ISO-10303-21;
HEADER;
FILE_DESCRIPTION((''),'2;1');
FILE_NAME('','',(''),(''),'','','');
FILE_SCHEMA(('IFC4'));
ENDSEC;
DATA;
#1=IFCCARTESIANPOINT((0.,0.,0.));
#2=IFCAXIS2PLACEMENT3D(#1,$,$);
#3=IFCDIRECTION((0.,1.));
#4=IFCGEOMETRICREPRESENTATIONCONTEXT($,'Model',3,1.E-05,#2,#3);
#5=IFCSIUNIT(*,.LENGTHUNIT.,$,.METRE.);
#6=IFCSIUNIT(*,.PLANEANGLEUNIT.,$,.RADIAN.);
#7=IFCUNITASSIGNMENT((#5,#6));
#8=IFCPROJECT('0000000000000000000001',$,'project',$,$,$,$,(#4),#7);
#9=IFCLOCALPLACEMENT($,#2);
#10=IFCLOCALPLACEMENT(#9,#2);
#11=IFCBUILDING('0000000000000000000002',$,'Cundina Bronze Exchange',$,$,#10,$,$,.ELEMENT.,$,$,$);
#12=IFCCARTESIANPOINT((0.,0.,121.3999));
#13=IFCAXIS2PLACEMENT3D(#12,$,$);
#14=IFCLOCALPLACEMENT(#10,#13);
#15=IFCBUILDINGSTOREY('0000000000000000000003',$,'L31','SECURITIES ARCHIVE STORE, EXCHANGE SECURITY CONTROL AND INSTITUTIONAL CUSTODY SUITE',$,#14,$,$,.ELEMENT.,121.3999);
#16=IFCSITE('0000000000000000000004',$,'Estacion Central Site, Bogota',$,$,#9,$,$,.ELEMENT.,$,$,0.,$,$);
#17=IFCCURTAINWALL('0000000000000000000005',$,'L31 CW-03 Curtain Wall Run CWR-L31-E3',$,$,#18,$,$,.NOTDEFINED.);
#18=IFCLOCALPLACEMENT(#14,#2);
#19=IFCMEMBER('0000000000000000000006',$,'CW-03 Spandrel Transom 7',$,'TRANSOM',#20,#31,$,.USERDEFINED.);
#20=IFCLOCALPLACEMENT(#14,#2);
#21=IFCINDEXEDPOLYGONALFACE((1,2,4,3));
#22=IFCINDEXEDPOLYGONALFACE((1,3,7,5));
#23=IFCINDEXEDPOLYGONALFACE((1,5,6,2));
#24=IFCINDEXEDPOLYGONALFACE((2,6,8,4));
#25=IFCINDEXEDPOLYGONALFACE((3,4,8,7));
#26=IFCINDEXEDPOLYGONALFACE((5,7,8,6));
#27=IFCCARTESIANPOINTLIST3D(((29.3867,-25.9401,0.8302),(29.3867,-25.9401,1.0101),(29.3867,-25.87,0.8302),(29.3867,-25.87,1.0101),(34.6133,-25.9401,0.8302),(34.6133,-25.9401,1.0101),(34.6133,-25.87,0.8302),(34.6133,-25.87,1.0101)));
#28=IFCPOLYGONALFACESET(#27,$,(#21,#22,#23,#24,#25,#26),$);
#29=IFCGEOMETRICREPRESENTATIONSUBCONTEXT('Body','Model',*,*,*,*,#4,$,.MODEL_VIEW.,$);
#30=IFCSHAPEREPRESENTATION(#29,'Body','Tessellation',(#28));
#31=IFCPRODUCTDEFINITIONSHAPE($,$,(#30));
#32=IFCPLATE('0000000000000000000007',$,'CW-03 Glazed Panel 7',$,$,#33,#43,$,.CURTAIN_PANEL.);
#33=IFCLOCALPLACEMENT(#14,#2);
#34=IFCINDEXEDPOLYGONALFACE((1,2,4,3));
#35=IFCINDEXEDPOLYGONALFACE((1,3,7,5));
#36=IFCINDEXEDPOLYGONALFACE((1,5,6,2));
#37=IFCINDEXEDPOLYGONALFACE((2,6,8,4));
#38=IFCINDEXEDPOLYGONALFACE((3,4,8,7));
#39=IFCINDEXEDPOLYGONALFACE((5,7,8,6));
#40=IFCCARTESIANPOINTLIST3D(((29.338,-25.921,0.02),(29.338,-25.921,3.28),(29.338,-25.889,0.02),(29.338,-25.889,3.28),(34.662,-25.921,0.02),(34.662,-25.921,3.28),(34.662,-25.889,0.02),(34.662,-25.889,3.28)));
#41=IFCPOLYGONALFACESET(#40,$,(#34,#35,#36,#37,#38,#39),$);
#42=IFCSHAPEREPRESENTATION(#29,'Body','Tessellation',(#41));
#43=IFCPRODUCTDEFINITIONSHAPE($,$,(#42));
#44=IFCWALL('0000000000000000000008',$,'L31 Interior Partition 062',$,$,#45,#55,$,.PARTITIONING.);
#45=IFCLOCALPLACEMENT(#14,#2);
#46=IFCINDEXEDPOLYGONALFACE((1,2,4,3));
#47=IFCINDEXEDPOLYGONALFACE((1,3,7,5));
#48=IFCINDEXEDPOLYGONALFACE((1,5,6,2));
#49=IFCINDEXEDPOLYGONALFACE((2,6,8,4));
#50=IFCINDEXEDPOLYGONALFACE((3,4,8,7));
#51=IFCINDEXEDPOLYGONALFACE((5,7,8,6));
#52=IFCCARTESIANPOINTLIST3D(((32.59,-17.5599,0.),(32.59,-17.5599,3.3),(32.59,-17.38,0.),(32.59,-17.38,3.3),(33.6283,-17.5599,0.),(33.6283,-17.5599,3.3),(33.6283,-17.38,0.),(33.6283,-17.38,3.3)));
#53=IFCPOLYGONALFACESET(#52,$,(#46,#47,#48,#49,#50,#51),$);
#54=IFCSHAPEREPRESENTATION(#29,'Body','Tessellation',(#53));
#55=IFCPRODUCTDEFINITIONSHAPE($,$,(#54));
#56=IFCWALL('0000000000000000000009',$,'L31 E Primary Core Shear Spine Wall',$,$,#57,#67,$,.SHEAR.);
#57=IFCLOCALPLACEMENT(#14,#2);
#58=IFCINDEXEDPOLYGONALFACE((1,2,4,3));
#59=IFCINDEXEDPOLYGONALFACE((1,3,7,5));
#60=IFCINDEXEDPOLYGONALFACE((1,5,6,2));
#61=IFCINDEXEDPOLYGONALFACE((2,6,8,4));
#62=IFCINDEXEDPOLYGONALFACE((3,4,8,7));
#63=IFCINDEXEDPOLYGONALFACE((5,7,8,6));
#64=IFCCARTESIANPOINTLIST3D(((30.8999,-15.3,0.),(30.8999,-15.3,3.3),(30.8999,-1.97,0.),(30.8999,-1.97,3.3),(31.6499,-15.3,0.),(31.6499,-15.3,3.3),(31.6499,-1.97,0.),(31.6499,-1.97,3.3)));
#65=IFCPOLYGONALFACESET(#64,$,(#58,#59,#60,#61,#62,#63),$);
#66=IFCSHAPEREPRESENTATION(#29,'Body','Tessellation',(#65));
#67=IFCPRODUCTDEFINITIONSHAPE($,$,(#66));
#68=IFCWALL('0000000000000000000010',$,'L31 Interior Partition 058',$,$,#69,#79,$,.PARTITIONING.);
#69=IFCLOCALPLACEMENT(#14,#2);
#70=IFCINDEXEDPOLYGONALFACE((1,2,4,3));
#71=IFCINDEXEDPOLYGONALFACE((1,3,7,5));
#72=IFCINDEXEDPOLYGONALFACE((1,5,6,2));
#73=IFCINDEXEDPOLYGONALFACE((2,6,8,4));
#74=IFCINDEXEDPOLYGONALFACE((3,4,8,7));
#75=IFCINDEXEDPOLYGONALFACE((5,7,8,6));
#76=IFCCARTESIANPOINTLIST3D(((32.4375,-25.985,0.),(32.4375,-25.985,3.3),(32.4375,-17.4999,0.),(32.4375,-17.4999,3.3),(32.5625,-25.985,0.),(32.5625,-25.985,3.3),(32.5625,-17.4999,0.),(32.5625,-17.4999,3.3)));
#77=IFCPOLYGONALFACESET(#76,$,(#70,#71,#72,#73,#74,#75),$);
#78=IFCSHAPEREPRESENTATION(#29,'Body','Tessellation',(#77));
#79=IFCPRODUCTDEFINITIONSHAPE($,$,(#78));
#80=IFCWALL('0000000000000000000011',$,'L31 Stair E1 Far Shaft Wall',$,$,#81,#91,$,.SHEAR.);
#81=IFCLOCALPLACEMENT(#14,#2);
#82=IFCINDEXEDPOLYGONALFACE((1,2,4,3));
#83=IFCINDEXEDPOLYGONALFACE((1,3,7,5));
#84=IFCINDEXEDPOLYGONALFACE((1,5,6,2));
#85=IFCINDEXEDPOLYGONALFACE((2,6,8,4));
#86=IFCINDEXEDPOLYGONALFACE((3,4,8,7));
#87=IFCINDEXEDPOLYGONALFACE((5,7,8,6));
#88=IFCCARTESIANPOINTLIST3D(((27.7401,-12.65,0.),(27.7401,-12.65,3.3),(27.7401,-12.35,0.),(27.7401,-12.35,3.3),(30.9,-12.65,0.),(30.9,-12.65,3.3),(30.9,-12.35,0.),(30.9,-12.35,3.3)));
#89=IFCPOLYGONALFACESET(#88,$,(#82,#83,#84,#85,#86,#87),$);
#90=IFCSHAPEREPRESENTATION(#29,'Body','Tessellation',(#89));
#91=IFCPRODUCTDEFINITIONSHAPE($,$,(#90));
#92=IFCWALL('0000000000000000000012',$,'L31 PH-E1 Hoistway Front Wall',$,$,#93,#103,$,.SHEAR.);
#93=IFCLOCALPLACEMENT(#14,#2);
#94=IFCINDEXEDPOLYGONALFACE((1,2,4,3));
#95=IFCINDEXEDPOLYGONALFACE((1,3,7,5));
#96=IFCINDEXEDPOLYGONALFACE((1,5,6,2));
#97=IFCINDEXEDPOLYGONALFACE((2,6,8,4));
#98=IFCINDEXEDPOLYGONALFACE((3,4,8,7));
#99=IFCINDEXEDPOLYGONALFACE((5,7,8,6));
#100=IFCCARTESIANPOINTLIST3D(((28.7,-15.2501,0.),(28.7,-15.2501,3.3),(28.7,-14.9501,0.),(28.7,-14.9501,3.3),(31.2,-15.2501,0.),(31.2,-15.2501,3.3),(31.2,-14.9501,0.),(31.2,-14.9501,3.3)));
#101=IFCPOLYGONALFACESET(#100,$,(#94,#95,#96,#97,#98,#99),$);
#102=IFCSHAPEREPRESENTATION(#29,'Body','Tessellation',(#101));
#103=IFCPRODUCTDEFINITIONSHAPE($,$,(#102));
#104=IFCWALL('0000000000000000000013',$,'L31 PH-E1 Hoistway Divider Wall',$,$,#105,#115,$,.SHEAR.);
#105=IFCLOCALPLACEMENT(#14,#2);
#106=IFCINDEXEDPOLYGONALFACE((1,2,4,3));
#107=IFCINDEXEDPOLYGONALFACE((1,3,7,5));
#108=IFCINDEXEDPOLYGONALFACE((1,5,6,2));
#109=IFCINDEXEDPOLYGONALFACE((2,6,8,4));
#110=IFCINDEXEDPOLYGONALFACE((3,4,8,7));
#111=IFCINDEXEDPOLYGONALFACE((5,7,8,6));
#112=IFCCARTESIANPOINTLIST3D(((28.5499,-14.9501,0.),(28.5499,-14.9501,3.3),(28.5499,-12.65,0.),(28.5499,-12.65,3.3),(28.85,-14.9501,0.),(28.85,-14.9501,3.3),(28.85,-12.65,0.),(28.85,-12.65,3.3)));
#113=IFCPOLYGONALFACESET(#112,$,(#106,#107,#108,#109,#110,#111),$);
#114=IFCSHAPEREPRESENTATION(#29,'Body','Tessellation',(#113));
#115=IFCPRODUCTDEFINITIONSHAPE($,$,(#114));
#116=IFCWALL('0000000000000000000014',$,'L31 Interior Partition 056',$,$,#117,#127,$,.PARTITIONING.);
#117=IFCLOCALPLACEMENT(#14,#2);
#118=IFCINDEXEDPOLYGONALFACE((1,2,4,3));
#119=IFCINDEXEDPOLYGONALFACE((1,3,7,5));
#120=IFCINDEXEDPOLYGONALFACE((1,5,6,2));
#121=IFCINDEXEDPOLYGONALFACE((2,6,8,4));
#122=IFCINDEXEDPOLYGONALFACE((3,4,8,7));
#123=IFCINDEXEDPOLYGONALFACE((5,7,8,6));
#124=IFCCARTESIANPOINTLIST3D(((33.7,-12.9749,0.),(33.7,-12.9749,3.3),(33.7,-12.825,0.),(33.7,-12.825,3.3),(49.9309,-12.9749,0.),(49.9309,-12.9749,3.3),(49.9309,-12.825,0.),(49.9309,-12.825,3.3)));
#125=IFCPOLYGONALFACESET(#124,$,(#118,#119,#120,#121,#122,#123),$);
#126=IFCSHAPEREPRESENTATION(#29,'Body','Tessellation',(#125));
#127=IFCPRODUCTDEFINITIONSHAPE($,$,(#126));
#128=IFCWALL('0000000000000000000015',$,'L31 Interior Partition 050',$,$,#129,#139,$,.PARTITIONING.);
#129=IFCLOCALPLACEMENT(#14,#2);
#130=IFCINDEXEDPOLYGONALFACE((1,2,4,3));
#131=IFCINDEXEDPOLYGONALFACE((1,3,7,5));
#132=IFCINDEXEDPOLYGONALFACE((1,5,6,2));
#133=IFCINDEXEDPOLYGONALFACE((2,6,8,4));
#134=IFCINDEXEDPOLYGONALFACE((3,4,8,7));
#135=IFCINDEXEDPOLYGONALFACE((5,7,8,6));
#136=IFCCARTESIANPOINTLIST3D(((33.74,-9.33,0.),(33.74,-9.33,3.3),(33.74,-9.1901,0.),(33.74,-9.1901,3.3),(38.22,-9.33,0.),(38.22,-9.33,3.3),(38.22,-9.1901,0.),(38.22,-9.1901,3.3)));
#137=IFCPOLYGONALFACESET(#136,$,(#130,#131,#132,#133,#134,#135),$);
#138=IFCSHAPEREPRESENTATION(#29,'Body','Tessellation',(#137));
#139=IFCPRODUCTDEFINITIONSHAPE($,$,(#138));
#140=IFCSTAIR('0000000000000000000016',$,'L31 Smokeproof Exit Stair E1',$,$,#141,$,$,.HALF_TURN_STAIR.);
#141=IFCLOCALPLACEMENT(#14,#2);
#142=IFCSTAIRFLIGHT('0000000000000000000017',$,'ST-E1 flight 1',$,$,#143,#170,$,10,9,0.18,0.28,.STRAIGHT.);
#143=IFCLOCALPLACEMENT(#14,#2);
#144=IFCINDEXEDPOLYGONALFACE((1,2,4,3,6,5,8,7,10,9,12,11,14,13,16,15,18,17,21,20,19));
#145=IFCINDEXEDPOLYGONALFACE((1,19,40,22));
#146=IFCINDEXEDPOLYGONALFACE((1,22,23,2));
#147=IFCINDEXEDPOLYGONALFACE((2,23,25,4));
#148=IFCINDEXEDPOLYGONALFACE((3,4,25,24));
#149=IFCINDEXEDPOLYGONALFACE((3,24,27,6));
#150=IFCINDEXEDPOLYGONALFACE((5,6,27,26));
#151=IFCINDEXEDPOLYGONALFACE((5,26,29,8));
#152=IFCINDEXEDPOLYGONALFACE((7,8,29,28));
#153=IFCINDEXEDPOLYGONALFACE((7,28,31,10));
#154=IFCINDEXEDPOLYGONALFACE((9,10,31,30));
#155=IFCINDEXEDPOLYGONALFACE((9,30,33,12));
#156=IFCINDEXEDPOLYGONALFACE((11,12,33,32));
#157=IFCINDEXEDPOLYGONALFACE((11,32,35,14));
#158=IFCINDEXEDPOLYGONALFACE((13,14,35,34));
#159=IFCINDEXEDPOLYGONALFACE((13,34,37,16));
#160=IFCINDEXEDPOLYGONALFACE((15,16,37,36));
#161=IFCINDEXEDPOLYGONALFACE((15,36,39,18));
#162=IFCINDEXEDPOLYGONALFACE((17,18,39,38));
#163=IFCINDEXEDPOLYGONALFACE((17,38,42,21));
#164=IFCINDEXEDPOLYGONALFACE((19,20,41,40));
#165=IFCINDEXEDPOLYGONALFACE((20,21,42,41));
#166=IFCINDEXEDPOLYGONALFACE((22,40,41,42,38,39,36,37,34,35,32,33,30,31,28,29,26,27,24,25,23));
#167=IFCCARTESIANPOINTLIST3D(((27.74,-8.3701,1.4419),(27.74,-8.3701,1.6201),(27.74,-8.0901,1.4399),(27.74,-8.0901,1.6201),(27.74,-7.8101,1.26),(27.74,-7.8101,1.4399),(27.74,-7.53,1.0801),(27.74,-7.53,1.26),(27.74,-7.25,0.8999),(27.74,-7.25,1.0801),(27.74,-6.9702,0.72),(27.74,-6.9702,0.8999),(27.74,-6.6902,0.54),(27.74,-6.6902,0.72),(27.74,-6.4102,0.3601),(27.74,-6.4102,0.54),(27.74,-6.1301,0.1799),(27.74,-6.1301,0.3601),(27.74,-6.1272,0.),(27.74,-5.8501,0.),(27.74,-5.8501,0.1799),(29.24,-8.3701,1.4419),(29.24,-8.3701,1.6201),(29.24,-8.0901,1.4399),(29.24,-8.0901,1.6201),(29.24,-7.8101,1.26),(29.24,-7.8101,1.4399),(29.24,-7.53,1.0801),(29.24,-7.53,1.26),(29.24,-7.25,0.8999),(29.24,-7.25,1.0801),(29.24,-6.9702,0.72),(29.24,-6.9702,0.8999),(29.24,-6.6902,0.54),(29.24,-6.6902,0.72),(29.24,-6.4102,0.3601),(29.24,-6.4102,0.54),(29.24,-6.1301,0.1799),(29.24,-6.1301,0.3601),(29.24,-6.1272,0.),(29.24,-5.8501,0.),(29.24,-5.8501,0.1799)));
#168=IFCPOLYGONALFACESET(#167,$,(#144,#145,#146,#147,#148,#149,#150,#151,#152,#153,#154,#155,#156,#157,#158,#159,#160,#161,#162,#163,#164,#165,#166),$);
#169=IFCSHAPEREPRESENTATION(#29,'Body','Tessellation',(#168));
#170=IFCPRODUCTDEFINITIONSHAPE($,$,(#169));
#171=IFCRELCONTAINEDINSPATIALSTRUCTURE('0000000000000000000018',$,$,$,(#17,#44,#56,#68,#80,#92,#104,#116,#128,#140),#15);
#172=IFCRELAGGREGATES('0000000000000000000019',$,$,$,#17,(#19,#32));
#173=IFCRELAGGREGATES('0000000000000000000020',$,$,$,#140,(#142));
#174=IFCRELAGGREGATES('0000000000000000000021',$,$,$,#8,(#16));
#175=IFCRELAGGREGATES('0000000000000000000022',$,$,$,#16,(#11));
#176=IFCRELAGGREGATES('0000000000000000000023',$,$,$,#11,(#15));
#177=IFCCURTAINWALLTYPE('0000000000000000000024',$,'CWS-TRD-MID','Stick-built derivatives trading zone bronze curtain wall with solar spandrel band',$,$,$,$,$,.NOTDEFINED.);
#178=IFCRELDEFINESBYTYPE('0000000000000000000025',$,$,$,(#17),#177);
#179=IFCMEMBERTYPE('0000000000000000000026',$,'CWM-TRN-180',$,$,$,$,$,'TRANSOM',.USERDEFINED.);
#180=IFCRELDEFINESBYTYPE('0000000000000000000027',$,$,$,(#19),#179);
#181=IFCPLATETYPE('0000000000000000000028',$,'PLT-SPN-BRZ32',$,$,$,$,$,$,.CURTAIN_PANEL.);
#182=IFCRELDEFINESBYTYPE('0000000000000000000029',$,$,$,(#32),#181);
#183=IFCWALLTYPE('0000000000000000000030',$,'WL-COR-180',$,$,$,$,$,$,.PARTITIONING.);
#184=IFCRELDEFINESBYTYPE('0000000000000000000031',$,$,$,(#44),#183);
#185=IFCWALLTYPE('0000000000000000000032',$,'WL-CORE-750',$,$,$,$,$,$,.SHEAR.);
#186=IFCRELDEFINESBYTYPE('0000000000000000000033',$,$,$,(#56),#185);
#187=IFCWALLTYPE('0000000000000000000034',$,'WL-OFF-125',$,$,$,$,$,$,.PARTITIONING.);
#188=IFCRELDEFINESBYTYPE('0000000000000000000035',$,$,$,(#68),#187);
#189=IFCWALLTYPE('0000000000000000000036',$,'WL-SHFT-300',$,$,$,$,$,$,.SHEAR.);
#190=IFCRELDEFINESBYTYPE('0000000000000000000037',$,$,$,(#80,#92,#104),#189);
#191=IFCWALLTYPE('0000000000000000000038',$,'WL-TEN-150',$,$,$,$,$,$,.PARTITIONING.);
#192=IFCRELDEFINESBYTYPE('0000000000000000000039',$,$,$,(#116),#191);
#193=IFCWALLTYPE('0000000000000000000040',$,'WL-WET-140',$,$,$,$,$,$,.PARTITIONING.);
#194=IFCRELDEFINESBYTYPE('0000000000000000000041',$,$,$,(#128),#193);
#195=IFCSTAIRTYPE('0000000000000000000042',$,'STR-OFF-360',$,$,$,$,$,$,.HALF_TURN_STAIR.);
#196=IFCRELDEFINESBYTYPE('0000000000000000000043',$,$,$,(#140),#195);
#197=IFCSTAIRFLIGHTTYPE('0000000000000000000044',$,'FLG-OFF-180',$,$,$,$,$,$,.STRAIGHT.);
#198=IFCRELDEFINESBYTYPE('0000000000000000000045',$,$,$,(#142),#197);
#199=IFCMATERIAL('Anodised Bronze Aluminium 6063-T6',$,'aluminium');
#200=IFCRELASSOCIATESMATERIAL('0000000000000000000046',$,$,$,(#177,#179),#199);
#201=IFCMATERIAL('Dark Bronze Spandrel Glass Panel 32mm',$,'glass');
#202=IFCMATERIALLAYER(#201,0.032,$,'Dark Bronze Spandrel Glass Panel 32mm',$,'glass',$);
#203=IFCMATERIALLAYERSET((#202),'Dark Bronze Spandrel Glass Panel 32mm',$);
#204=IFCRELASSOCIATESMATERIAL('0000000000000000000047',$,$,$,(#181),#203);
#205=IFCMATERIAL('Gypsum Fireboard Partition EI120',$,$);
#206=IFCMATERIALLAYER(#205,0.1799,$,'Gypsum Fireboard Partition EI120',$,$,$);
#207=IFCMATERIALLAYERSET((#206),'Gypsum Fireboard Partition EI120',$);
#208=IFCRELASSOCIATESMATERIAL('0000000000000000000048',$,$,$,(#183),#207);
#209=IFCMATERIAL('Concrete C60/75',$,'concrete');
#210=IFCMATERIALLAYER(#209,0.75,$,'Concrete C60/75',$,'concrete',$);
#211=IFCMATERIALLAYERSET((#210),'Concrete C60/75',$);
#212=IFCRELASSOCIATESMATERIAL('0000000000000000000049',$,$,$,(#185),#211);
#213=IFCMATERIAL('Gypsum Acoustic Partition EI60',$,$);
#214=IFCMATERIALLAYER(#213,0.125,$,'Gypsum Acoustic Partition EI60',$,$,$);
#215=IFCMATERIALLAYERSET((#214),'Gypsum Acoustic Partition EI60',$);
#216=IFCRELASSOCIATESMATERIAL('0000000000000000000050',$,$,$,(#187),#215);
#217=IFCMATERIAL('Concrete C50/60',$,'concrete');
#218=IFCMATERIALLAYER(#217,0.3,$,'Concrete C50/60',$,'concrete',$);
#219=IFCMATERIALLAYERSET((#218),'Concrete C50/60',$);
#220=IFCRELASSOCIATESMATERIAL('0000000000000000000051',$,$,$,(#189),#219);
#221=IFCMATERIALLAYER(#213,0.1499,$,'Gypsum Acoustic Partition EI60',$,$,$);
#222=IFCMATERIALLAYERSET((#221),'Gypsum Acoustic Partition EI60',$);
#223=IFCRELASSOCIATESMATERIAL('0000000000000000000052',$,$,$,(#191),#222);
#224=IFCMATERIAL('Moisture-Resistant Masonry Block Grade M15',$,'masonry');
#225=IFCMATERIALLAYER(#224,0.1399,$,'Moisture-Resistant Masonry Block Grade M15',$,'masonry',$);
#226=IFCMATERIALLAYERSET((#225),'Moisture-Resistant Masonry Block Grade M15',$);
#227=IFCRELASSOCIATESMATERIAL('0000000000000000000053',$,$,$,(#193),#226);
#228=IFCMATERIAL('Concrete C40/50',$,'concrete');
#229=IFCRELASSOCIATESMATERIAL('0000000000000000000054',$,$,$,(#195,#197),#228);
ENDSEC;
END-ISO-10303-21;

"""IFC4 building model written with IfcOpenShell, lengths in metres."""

from ifc_helpers import new_model, si_unit, direction, frame, frame_2d, origin, origin_2d, place, context, subcontext, project, spatial, polyline, rectangle, outline, extrude, material, layer, layer_set, material_profile, profile_set, type_object, element, aggregate, save


model = new_model("IFC4")

# Units and contexts
model_context = context("Model", 3, precision=1e-05, world=origin(), true_north=direction((0.0, 1.0)))
body_context = subcontext(model_context, "Body", "Model", "MODEL_VIEW")
ifc_project = project(units=[si_unit("LENGTHUNIT", "METRE"), si_unit("PLANEANGLEUNIT", "RADIAN")], contexts=[model_context])

# Site, building, storey
site_placement = place(None, origin())
site = spatial("IfcSite", under=ifc_project, at=site_placement, Name="Estacion Central Site, Bogota", CompositionType="ELEMENT", RefElevation=0.0)
building_placement = place(site_placement, origin())
building = spatial("IfcBuilding", under=site, at=building_placement, Name="Cundina Bronze Exchange", CompositionType="ELEMENT")
storey_placement = place(building_placement, frame((0.0, 0.0, 121.3999)))
storey = spatial("IfcBuildingStorey", under=building, at=storey_placement, Name="L31", Description="SECURITIES ARCHIVE STORE, EXCHANGE SECURITY CONTROL AND INSTITUTIONAL CUSTODY SUITE", CompositionType="ELEMENT", Elevation=121.3999)

# Shared definitions
ifc_material_1 = material(Name="Concrete C60/75", Category="concrete")

# Curtain wall
ifc_material_2 = material(Name="Anodised Bronze Aluminium 6063-T6", Category="aluminium")
curtain_wall_type = type_object("IfcCurtainWallType", Name="CWS-TRD-MID", Description="Stick-built derivatives trading zone bronze curtain wall with solar spandrel band", PredefinedType="NOTDEFINED", material=ifc_material_2)
curtain_wall_1_placement = place(storey_placement, origin())
curtain_wall_1 = element("IfcCurtainWall", 1, at=curtain_wall_1_placement, inside=storey, type_object=curtain_wall_type, Name="L31 CW-03 Curtain Wall Run CWR-L31-E3", PredefinedType="NOTDEFINED")

# Member
ifc_material_profile_1 = material_profile(ifc_material_2, rectangle(XDim=0.0701, YDim=0.1799, at=origin_2d()), Name="AL70X180", Category="aluminium")
ifc_profile_set_1 = profile_set([ifc_material_profile_1], Name="Anodised Bronze Aluminium 6063-T6")
member_type_1 = type_object("IfcMemberType", Name="CWM-TRN-180", ElementType="TRANSOM", PredefinedType="USERDEFINED", material=ifc_profile_set_1)
member_1_placement = place(storey_placement, frame((29.3867, -25.905, 0.9202), z_axis=(1.0, 0.0, 0.0), x_axis=(0.0, 1.0, 0.0)))
member_1 = element("IfcMember", 2, at=member_1_placement, type_object=member_type_1, Name="CW-03 Spandrel Transom 7", ObjectType="TRANSOM", PredefinedType="USERDEFINED", context=body_context, shape_type="SweptSolid", body=[
    extrude(rectangle(XDim=0.0701, YDim=0.1799, at=origin_2d()), origin(), (0.0, 0.0, 1.0), 5.2266),
])

# Plate
ifc_material_3 = material(Name="Dark Bronze Spandrel Glass Panel 32mm", Category="glass")
ifc_layer_1 = layer(ifc_material_3, 0.032, Name="Dark Bronze Spandrel Glass Panel 32mm", Category="glass")
ifc_layer_set_1 = layer_set([ifc_layer_1], Name="Dark Bronze Spandrel Glass Panel 32mm")
plate_type = type_object("IfcPlateType", Name="PLT-SPN-BRZ32", PredefinedType="CURTAIN_PANEL", material=ifc_layer_set_1)
plate_placement = place(storey_placement, frame((32.0, -25.905, 0.02), z_axis=(0.0, 0.0, 1.0), x_axis=(1.0, 0.0, 0.0)))
plate = element("IfcPlate", 3, at=plate_placement, type_object=plate_type, Name="CW-03 Glazed Panel 7", PredefinedType="CURTAIN_PANEL", context=body_context, shape_type="SweptSolid", body=[
    extrude(rectangle(XDim=5.324, YDim=0.032, at=origin_2d()), origin(), (0.0, 0.0, 1.0), 3.26),
])
aggregate(curtain_wall_1, [member_1, plate])

# Shared definitions
ifc_material_4 = material(Name="Gypsum Fireboard Partition EI120")
ifc_layer_2 = layer(ifc_material_4, 0.1799, Name="Gypsum Fireboard Partition EI120")
ifc_layer_set_2 = layer_set([ifc_layer_2], Name="Gypsum Fireboard Partition EI120")
wall_type_1 = type_object("IfcWallType", Name="WL-COR-180", PredefinedType="PARTITIONING", material=ifc_layer_set_2)

# Wall
wall_1_placement = place(storey_placement, frame((32.5901, -17.47, 0.0), z_axis=(0.0, 0.0, 1.0), x_axis=(1.0, 0.0, 0.0)))
element("IfcWall", 4, at=wall_1_placement, inside=storey, type_object=wall_type_1, Name="L31 Interior Partition 062", PredefinedType="PARTITIONING", context=body_context, shape_type="SweptSolid", body=[
    extrude(rectangle(XDim=1.0383, YDim=0.1799, at=frame_2d((0.519, 0.0))), origin(), (0.0, 0.0, 1.0), 3.3),
])

# Walls
ifc_layer_3 = layer(ifc_material_1, 0.75, Name="Concrete C60/75", Category="concrete")
ifc_layer_set_3 = layer_set([ifc_layer_3], Name="Concrete C60/75")
wall_type_2 = type_object("IfcWallType", Name="WL-CORE-750", PredefinedType="SHEAR", material=ifc_layer_set_3)
wall_2_placement = place(storey_placement, frame((31.2749, -15.3, 0.0), z_axis=(0.0, 0.0, 1.0), x_axis=(0.0, 1.0, 0.0)))
element("IfcWall", 5, at=wall_2_placement, inside=storey, type_object=wall_type_2, Name="L31 E Primary Core Shear Spine Wall", PredefinedType="SHEAR", context=body_context, shape_type="SweptSolid", body=[
    extrude(rectangle(XDim=13.3301, YDim=0.75, at=frame_2d((6.665, 0.0))), origin(), (0.0, 0.0, 1.0), 3.3),
])
ifc_material_5 = material(Name="Gypsum Acoustic Partition EI60")
ifc_layer_4 = layer(ifc_material_5, 0.125, Name="Gypsum Acoustic Partition EI60")
ifc_layer_set_4 = layer_set([ifc_layer_4], Name="Gypsum Acoustic Partition EI60")
wall_type_3 = type_object("IfcWallType", Name="WL-OFF-125", PredefinedType="PARTITIONING", material=ifc_layer_set_4)
wall_3_placement = place(storey_placement, frame((32.5, -25.9851, 0.0), z_axis=(0.0, 0.0, 1.0), x_axis=(0.0, 1.0, 0.0)))
element("IfcWall", 6, at=wall_3_placement, inside=storey, type_object=wall_type_3, Name="L31 Interior Partition 058", PredefinedType="PARTITIONING", context=body_context, shape_type="SweptSolid", body=[
    extrude(rectangle(XDim=8.4851, YDim=0.125, at=frame_2d((4.2427, 0.0))), origin(), (0.0, 0.0, 1.0), 3.3),
])
ifc_material_6 = material(Name="Concrete C50/60", Category="concrete")
ifc_layer_5 = layer(ifc_material_6, 0.3, Name="Concrete C50/60", Category="concrete")
ifc_layer_set_5 = layer_set([ifc_layer_5], Name="Concrete C50/60")
wall_type_4 = type_object("IfcWallType", Name="WL-SHFT-300", PredefinedType="SHEAR", material=ifc_layer_set_5)
wall_4_placement = place(storey_placement, frame((27.74, -12.5, 0.0), z_axis=(0.0, 0.0, 1.0), x_axis=(1.0, 0.0, 0.0)))
element("IfcWall", 7, at=wall_4_placement, inside=storey, type_object=wall_type_4, Name="L31 Stair E1 Far Shaft Wall", PredefinedType="SHEAR", context=body_context, shape_type="SweptSolid", body=[
    extrude(rectangle(XDim=3.1599, YDim=0.3, at=frame_2d((1.5801, 0.0))), origin(), (0.0, 0.0, 1.0), 3.3),
])
wall_5_placement = place(storey_placement, frame((28.7, -15.1001, 0.0), z_axis=(0.0, 0.0, 1.0), x_axis=(1.0, 0.0, 0.0)))
element("IfcWall", 8, at=wall_5_placement, inside=storey, type_object=wall_type_4, Name="L31 PH-E1 Hoistway Front Wall", PredefinedType="SHEAR", context=body_context, shape_type="SweptSolid", body=[
    extrude(rectangle(XDim=2.5, YDim=0.3, at=frame_2d((1.25, 0.0))), origin(), (0.0, 0.0, 1.0), 3.3),
])
wall_6_placement = place(storey_placement, frame((28.7, -14.95, 0.0), z_axis=(0.0, 0.0, 1.0), x_axis=(0.0, 1.0, 0.0)))
element("IfcWall", 9, at=wall_6_placement, inside=storey, type_object=wall_type_4, Name="L31 PH-E1 Hoistway Divider Wall", PredefinedType="SHEAR", context=body_context, shape_type="SweptSolid", body=[
    extrude(rectangle(XDim=2.3, YDim=0.3, at=frame_2d((1.1499, 0.0))), origin(), (0.0, 0.0, 1.0), 3.3),
])
ifc_layer_6 = layer(ifc_material_5, 0.1499, Name="Gypsum Acoustic Partition EI60")
ifc_layer_set_6 = layer_set([ifc_layer_6], Name="Gypsum Acoustic Partition EI60")
wall_type_5 = type_object("IfcWallType", Name="WL-TEN-150", PredefinedType="PARTITIONING", material=ifc_layer_set_6)
wall_7_placement = place(storey_placement, frame((33.7, -12.8999, 0.0), z_axis=(0.0, 0.0, 1.0), x_axis=(1.0, 0.0, 0.0)))
element("IfcWall", 10, at=wall_7_placement, inside=storey, type_object=wall_type_5, Name="L31 Interior Partition 056", PredefinedType="PARTITIONING", context=body_context, shape_type="SweptSolid", body=[
    extrude(rectangle(XDim=16.231, YDim=0.1499, at=frame_2d((8.1155, 0.0))), origin(), (0.0, 0.0, 1.0), 3.3),
])
ifc_material_7 = material(Name="Moisture-Resistant Masonry Block Grade M15", Category="masonry")
ifc_layer_7 = layer(ifc_material_7, 0.1399, Name="Moisture-Resistant Masonry Block Grade M15", Category="masonry")
ifc_layer_set_7 = layer_set([ifc_layer_7], Name="Moisture-Resistant Masonry Block Grade M15")
wall_type_6 = type_object("IfcWallType", Name="WL-WET-140", PredefinedType="PARTITIONING", material=ifc_layer_set_7)
wall_8_placement = place(storey_placement, frame((33.74, -9.26, 0.0), z_axis=(0.0, 0.0, 1.0), x_axis=(1.0, 0.0, 0.0)))
element("IfcWall", 11, at=wall_8_placement, inside=storey, type_object=wall_type_6, Name="L31 Interior Partition 050", PredefinedType="PARTITIONING", context=body_context, shape_type="SweptSolid", body=[
    extrude(rectangle(XDim=4.48, YDim=0.1399, at=frame_2d((2.24, 0.0))), origin(), (0.0, 0.0, 1.0), 3.3),
])

# Stair, stair flight
ifc_material_8 = material(Name="Concrete C40/50", Category="concrete")
stair_type = type_object("IfcStairType", Name="STR-OFF-360", PredefinedType="HALF_TURN_STAIR", material=ifc_material_8)
stair_placement = place(storey_placement, origin())
stair = element("IfcStair", 12, at=stair_placement, inside=storey, type_object=stair_type, Name="L31 Smokeproof Exit Stair E1", PredefinedType="HALF_TURN_STAIR")
stair_flight_type = type_object("IfcStairFlightType", Name="FLG-OFF-180", PredefinedType="STRAIGHT", material=ifc_material_8)
stair_flight_1_placement = place(storey_placement, frame((28.49, -5.8501, 0.0), z_axis=(0.0, 0.0, 1.0), x_axis=(0.0, -1.0, 0.0)))
stair_flight_1 = element("IfcStairFlight", 13, at=stair_flight_1_placement, type_object=stair_flight_type, Name="ST-E1 flight 1", NumberOfRisers=10, NumberOfTreads=9, PredefinedType="STRAIGHT", RiserHeight=0.18, TreadLength=0.28, context=body_context, shape_type="SweptSolid", body=[
    extrude(outline(polyline([(0.0, 0.0), (0.0, 0.1799), (0.28, 0.1799), (0.28, 0.3601), (0.5601, 0.3601), (0.5601, 0.54), (0.8401, 0.54), (0.8401, 0.72), (1.1201, 0.72), (1.1201, 0.8999), (1.3999, 0.8999), (1.3999, 1.0801), (1.6799, 1.0801), (1.6799, 1.26), (1.96, 1.26), (1.96, 1.4399), (2.24, 1.4399), (2.24, 1.6201), (2.52, 1.6201), (2.52, 1.8), (2.52, 1.4419), (0.2771, 0.0), (0.0, 0.0)])), frame((0.0, 0.75, 0.0), z_axis=(0.0, -1.0, 0.0), x_axis=(1.0, 0.0, 0.0)), (0.0, 0.0, 1.0), 1.5),
])
aggregate(stair, [stair_flight_1])

save(model, "model.ifc")
